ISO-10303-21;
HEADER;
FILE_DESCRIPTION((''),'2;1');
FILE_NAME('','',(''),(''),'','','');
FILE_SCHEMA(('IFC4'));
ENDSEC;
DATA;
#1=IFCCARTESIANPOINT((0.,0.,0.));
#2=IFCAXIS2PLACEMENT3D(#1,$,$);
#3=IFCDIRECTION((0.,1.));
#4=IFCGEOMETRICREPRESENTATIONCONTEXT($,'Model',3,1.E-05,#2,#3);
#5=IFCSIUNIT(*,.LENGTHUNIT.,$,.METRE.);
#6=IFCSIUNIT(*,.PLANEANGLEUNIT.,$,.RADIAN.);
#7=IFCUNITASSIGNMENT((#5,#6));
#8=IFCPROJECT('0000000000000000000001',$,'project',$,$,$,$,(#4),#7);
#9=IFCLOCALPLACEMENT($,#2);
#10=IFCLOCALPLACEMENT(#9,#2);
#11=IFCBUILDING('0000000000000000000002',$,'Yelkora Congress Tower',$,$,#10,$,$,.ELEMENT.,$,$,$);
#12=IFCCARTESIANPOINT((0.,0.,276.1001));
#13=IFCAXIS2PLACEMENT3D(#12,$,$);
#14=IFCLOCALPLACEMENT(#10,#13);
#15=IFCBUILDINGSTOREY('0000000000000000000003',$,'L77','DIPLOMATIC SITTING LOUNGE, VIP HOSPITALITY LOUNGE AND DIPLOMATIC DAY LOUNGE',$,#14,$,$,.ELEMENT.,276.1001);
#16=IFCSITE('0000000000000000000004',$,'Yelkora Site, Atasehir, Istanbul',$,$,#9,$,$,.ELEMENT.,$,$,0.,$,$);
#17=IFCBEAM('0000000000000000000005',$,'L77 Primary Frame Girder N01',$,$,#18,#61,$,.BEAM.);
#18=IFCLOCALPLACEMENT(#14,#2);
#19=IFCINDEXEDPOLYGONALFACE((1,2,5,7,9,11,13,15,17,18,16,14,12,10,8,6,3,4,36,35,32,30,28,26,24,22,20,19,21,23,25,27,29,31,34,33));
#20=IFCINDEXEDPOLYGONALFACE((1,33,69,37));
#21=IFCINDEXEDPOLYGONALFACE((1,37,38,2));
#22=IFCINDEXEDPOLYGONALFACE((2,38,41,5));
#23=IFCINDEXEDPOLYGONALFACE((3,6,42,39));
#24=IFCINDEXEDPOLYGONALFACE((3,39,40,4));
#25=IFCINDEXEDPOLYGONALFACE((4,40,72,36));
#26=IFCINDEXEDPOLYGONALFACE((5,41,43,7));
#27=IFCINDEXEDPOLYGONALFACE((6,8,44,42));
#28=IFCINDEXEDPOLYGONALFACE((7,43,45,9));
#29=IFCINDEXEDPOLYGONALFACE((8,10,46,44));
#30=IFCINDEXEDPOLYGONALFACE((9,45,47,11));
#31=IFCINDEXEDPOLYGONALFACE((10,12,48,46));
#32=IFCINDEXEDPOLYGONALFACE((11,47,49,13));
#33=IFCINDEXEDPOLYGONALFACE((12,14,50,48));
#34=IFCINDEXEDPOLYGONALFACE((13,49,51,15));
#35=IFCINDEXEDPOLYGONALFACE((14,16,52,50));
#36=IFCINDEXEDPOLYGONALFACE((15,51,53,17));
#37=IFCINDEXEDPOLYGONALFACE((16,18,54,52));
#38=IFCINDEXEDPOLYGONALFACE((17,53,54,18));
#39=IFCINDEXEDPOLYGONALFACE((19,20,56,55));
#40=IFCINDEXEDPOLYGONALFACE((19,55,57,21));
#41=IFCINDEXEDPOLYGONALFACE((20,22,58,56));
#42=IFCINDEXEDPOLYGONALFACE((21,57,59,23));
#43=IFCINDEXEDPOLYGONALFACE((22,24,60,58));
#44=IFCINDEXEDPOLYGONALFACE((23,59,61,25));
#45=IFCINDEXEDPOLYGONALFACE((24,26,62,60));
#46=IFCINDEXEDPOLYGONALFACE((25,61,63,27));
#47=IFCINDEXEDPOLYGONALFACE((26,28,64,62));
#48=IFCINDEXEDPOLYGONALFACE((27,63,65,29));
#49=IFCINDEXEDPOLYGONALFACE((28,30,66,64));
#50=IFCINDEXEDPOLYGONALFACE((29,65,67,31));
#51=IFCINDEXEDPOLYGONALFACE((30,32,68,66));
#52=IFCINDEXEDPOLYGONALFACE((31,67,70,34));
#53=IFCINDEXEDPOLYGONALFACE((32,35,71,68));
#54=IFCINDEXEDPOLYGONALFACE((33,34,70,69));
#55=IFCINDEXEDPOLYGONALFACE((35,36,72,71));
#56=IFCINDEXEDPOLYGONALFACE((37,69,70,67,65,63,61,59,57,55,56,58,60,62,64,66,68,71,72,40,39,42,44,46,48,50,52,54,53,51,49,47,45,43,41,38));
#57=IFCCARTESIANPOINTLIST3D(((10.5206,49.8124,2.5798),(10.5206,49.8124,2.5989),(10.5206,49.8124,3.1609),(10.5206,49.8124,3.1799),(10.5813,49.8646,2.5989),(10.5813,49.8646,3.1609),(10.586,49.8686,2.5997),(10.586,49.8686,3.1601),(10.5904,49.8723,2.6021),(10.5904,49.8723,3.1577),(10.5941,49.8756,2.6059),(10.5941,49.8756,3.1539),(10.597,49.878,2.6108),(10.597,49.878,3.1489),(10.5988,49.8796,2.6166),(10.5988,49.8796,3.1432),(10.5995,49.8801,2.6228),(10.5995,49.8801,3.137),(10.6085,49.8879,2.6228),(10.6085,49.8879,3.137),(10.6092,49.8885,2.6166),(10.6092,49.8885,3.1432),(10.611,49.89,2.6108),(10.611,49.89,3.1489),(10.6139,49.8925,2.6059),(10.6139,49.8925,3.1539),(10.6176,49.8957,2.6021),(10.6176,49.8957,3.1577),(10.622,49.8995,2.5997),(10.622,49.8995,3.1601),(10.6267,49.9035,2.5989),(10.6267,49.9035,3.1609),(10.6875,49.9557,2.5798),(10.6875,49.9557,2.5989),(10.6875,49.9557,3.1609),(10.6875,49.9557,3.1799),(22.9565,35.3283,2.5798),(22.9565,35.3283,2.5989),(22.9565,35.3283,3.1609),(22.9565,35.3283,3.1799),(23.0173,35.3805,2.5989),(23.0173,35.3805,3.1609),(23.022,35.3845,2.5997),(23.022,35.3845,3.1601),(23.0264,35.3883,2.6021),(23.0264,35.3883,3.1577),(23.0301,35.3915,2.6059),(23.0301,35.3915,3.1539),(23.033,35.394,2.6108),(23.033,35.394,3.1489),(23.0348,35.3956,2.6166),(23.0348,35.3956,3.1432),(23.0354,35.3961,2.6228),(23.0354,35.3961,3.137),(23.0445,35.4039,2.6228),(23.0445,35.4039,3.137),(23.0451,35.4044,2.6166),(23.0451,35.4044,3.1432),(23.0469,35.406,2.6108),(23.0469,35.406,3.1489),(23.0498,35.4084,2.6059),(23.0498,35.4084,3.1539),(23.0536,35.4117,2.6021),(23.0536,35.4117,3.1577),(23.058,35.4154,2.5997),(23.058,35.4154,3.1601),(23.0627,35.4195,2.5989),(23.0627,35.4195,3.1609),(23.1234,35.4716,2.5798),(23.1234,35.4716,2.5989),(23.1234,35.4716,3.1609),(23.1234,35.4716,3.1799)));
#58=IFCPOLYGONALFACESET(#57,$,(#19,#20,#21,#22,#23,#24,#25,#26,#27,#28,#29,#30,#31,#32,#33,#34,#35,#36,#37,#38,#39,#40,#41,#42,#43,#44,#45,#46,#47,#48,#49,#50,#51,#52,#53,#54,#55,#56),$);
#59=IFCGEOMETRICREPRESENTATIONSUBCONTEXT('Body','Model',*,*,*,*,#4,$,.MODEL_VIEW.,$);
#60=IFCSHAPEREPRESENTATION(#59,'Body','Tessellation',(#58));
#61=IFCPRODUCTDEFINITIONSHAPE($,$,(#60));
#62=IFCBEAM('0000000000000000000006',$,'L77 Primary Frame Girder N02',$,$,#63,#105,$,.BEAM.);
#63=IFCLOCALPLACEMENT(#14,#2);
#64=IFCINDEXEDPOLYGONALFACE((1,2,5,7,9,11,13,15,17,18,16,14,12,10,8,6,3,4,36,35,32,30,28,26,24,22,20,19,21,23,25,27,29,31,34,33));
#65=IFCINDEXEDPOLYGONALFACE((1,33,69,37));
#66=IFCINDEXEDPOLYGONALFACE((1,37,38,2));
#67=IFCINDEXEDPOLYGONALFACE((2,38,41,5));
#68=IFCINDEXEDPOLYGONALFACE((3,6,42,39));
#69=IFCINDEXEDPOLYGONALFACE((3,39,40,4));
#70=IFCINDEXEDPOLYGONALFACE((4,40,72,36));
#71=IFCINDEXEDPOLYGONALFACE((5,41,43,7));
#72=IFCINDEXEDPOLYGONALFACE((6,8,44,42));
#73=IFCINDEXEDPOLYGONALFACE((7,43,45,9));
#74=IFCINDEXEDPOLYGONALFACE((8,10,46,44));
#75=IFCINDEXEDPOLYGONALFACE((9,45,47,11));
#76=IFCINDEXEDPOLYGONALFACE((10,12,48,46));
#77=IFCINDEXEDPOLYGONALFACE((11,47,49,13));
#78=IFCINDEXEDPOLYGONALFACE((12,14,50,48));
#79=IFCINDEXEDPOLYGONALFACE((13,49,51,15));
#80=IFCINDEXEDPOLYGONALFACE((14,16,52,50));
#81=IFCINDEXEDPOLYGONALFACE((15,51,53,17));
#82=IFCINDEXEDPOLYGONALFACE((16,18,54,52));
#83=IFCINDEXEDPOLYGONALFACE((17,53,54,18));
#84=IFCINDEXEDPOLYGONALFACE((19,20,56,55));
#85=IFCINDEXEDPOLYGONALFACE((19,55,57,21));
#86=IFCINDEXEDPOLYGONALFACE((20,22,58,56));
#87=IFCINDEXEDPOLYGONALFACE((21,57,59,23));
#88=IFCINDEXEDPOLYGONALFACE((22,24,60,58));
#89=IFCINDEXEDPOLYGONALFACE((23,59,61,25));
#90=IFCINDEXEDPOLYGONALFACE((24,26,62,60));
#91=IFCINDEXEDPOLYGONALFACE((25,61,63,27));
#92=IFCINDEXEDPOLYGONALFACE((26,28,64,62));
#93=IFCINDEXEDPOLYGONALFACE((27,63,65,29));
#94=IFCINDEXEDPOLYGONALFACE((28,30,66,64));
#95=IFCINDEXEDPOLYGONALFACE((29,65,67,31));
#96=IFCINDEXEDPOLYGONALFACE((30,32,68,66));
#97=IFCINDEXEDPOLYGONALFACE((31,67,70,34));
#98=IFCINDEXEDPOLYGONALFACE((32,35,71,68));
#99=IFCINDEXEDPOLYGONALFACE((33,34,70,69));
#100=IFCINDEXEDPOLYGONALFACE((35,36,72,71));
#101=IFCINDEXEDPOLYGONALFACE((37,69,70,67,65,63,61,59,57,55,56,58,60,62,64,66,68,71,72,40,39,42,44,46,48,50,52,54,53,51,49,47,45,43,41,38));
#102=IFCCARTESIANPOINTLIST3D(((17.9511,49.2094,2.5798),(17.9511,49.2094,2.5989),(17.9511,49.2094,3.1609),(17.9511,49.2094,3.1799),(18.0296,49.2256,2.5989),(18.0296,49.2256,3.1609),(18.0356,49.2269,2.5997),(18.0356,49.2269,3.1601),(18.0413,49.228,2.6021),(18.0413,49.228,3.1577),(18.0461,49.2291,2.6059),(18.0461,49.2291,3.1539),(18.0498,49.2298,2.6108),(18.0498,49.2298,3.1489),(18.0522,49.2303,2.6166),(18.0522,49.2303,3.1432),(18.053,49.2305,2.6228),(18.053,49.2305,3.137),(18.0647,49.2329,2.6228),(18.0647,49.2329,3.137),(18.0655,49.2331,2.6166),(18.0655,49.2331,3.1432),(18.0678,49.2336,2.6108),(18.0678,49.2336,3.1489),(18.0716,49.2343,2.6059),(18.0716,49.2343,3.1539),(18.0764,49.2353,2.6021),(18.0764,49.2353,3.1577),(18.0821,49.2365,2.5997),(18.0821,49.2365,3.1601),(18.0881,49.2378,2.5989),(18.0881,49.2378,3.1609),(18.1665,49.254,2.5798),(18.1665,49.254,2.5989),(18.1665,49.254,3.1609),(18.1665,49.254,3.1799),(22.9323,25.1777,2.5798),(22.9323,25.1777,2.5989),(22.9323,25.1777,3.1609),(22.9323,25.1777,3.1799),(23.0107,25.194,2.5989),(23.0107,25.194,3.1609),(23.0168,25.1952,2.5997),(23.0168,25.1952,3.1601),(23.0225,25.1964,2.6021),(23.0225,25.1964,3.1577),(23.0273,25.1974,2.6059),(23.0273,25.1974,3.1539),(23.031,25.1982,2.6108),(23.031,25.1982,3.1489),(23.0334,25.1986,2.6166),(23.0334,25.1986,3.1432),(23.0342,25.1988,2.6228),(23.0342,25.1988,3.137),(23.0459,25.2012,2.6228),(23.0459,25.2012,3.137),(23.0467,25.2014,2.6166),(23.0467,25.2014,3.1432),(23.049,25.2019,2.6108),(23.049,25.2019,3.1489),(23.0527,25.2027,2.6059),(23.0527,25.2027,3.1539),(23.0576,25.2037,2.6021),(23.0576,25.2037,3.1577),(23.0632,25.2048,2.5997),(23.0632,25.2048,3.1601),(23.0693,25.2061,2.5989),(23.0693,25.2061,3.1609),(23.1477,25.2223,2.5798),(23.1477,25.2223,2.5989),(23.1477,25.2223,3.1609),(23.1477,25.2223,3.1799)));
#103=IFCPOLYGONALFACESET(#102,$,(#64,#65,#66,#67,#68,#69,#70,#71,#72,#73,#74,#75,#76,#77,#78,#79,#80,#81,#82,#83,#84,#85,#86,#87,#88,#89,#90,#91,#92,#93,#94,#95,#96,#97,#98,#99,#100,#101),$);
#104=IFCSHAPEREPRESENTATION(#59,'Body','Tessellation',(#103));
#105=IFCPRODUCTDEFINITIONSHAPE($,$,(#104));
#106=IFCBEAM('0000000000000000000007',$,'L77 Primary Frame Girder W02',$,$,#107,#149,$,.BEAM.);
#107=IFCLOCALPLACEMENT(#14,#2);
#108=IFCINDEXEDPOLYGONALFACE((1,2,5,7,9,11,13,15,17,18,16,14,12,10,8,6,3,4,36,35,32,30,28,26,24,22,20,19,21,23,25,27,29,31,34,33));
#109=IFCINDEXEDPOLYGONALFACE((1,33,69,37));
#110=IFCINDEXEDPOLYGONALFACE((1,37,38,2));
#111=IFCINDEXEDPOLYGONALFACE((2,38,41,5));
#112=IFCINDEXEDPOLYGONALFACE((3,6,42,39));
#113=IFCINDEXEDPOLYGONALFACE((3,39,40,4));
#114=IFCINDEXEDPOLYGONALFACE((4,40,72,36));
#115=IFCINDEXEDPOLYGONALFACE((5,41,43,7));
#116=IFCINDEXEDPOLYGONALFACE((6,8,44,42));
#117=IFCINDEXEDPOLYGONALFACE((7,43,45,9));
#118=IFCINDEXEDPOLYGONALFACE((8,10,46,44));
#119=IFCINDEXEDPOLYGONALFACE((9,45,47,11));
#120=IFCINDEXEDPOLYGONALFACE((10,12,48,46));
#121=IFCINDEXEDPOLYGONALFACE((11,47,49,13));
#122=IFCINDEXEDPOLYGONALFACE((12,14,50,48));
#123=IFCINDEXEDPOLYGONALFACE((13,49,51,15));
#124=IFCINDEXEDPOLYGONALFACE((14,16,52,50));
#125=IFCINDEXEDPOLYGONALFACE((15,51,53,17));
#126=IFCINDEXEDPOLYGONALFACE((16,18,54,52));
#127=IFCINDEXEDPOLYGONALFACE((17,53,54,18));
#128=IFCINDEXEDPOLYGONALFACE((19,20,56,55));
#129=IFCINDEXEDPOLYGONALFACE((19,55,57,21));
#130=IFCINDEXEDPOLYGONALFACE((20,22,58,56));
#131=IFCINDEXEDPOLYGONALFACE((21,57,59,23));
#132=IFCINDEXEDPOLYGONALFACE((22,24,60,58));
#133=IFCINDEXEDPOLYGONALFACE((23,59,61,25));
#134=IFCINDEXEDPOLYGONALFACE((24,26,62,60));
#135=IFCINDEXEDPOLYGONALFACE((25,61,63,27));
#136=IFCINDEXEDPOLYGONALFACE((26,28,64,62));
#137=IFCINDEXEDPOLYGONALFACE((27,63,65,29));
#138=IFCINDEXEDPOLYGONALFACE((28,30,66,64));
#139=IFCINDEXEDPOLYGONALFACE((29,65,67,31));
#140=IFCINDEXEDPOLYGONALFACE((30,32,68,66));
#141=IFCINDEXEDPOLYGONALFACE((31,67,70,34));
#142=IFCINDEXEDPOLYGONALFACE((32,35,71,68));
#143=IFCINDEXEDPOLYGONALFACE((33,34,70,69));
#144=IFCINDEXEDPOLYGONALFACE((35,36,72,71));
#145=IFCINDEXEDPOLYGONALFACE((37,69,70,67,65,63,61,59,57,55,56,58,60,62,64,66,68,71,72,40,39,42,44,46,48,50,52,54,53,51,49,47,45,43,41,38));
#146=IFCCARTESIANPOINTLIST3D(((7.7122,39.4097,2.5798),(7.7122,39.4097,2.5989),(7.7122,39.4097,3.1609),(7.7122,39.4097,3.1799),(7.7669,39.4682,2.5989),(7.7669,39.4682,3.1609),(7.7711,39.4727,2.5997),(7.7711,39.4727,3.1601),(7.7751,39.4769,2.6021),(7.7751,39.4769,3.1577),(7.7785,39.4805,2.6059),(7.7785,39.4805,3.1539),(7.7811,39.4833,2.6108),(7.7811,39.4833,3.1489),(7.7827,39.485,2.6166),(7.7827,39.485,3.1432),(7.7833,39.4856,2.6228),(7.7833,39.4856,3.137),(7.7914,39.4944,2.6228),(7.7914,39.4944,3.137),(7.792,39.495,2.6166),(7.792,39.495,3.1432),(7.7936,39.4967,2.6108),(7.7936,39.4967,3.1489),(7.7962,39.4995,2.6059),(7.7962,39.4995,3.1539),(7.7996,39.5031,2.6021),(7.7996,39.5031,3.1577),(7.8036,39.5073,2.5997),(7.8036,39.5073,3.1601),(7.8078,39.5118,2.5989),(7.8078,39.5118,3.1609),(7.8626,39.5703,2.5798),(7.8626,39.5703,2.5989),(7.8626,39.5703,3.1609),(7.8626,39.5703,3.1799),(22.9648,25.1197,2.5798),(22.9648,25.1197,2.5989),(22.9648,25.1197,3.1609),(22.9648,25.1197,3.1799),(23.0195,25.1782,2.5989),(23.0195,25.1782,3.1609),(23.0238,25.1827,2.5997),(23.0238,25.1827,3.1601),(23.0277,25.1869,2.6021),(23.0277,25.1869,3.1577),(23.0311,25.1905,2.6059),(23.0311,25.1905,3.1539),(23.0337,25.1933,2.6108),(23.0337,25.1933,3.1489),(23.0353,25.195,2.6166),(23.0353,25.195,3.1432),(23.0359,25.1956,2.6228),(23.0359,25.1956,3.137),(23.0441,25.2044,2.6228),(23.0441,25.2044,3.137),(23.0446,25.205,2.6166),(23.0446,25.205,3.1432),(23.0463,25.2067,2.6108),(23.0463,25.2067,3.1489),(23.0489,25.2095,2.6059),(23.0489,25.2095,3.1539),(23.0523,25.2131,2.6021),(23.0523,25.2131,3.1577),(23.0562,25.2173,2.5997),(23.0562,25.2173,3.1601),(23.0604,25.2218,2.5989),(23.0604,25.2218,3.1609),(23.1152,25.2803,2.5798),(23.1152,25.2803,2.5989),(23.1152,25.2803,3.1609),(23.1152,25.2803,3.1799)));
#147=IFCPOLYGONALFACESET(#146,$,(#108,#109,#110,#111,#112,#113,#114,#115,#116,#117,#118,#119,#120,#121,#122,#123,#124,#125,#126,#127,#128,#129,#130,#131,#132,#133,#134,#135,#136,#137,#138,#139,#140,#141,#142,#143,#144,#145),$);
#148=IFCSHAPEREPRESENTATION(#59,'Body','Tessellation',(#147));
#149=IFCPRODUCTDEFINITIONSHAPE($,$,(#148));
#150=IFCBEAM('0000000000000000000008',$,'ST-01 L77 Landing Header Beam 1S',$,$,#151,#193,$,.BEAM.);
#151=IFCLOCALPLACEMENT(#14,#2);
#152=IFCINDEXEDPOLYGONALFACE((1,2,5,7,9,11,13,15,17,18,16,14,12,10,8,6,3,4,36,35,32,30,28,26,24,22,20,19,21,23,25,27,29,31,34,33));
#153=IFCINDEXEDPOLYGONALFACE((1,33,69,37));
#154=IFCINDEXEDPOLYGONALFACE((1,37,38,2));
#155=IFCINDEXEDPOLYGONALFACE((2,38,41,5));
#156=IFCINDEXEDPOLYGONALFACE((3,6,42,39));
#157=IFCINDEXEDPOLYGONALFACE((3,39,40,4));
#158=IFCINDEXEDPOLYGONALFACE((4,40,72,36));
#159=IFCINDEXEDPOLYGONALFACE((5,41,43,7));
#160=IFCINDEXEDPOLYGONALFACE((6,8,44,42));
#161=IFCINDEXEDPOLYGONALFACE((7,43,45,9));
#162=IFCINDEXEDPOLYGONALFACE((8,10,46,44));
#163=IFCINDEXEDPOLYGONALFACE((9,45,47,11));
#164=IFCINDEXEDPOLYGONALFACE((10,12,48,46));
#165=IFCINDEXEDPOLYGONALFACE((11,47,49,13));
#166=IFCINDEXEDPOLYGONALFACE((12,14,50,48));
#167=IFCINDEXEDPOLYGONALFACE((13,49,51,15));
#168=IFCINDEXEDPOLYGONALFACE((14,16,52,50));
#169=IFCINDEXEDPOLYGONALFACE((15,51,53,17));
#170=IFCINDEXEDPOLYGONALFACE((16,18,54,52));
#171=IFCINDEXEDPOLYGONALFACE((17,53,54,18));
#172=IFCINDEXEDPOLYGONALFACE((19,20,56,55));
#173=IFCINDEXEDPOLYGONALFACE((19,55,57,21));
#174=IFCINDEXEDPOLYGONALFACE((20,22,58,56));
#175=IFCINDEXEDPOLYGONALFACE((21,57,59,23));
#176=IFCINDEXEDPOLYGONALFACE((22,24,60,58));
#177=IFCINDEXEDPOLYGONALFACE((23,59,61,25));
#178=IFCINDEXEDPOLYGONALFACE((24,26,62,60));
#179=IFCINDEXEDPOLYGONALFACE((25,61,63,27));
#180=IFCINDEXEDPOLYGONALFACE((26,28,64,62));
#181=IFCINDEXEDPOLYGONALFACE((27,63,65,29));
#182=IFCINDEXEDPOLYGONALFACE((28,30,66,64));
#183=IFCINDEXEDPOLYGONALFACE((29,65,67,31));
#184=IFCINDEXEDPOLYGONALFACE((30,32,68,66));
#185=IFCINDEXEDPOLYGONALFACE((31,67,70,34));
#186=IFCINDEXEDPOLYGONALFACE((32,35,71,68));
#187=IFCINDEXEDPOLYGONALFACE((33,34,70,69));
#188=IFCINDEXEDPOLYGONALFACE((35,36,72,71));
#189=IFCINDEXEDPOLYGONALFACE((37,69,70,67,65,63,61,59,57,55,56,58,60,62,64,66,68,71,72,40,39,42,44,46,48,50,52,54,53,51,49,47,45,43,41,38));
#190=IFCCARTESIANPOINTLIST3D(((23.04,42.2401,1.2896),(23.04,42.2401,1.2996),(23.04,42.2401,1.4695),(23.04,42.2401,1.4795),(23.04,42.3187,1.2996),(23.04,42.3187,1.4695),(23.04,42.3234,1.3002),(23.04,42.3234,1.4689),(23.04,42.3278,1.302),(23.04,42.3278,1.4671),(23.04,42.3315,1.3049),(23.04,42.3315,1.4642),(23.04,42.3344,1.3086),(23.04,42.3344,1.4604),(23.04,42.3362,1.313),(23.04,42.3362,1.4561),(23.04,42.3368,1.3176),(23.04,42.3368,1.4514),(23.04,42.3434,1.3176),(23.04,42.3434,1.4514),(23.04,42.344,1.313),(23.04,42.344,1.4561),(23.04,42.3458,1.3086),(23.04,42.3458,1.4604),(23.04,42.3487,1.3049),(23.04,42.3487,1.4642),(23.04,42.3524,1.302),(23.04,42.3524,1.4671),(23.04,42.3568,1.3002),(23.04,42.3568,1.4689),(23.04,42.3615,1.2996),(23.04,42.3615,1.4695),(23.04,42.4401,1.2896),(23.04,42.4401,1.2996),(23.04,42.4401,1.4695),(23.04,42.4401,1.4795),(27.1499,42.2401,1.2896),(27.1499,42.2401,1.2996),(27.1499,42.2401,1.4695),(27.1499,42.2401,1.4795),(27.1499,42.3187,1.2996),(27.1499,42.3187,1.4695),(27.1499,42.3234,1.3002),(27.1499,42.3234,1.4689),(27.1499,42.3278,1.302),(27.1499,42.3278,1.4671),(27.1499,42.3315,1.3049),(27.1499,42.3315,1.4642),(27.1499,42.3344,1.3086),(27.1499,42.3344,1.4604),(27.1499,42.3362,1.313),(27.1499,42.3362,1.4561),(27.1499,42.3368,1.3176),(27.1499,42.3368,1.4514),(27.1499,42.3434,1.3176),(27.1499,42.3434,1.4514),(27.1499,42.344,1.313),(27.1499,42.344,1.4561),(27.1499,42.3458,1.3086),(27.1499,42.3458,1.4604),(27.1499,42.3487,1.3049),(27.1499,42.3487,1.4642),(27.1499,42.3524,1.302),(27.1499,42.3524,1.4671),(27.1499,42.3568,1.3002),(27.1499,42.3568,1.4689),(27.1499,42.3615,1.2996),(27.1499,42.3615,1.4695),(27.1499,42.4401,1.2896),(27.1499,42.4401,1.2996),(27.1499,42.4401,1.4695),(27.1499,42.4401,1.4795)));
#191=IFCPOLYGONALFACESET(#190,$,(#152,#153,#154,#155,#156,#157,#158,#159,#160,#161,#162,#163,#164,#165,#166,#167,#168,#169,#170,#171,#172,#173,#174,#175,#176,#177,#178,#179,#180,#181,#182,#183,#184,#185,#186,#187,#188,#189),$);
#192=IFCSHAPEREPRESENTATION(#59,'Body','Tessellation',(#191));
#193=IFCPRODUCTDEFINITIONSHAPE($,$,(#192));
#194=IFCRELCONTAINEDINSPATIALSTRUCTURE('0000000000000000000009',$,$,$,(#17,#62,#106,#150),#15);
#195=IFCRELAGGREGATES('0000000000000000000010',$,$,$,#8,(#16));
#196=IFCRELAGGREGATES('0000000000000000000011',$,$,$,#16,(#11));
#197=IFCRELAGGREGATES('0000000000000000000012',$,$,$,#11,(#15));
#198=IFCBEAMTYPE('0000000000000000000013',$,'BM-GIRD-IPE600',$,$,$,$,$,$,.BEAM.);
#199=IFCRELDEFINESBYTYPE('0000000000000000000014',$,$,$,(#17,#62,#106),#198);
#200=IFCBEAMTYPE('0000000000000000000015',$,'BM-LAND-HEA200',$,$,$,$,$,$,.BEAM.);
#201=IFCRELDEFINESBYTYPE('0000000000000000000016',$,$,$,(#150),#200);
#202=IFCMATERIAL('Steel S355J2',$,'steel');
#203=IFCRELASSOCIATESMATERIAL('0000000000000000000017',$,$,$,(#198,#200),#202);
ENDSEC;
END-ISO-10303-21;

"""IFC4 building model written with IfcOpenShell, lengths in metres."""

from ifc_helpers import new_model, si_unit, direction, frame, origin, origin_2d, place, context, subcontext, project, spatial, i_section, extrude, material, material_profile, profile_set, type_object, element, save


model = new_model("IFC4")

# Units and contexts
model_context = context("Model", 3, precision=1e-05, world=origin(), true_north=direction((0.0, 1.0)))
body_context = subcontext(model_context, "Body", "Model", "MODEL_VIEW")
ifc_project = project(units=[si_unit("LENGTHUNIT", "METRE"), si_unit("PLANEANGLEUNIT", "RADIAN")], contexts=[model_context])

# Site, building, storey
site_placement = place(None, origin())
site = spatial("IfcSite", under=ifc_project, at=site_placement, Name="Yelkora Site, Atasehir, Istanbul", CompositionType="ELEMENT", RefElevation=0.0)
building_placement = place(site_placement, origin())
building = spatial("IfcBuilding", under=site, at=building_placement, Name="Yelkora Congress Tower", CompositionType="ELEMENT")
storey_placement = place(building_placement, frame((0.0, 0.0, 276.1001)))
storey = spatial("IfcBuildingStorey", under=building, at=storey_placement, Name="L77", Description="DIPLOMATIC SITTING LOUNGE, VIP HOSPITALITY LOUNGE AND DIPLOMATIC DAY LOUNGE", CompositionType="ELEMENT", Elevation=276.1001)

# Shared definitions
ifc_material_1 = material(Name="Steel S355J2", Category="steel")

# Beams
ifc_material_profile_1 = material_profile(ifc_material_1, i_section(OverallWidth=0.22, OverallDepth=0.6001, WebThickness=0.012, FlangeThickness=0.019, FilletRadius=0.0239, at=origin_2d()), Name="IPE 600")
ifc_profile_set_1 = profile_set([ifc_material_profile_1], Name="Steel S355J2")
beam_type_1 = type_object("IfcBeamType", Name="BM-GIRD-IPE600", PredefinedType="BEAM", material=ifc_profile_set_1)
beam_1_placement = place(storey_placement, frame((10.604, 49.884, 2.8799), z_axis=(0.651427, -0.758711, 0.0), x_axis=(0.758711, 0.651427, 0.0)))
element("IfcBeam", 1, at=beam_1_placement, inside=storey, type_object=beam_type_1, Name="L77 Primary Frame Girder N01", PredefinedType="BEAM", context=body_context, shape_type="SweptSolid", body=[
    extrude(i_section(OverallWidth=0.22, OverallDepth=0.6001, WebThickness=0.012, FlangeThickness=0.019, FilletRadius=0.0239, at=origin_2d()), origin(), (0.0, 0.0, 1.0), 19.0903),
])
beam_2_placement = place(storey_placement, frame((18.0588, 49.2317, 2.8799), z_axis=(0.202962, -0.979187, 0.0), x_axis=(0.979187, 0.202962, 0.0)))
element("IfcBeam", 2, at=beam_2_placement, inside=storey, type_object=beam_type_1, Name="L77 Primary Frame Girder N02", PredefinedType="BEAM", context=body_context, shape_type="SweptSolid", body=[
    extrude(i_section(OverallWidth=0.22, OverallDepth=0.6001, WebThickness=0.012, FlangeThickness=0.019, FilletRadius=0.0239, at=origin_2d()), origin(), (0.0, 0.0, 1.0), 24.5425),
])
beam_3_placement = place(storey_placement, frame((7.7874, 39.49, 2.8799), z_axis=(0.72976, -0.683703, 0.0), x_axis=(0.683703, 0.72976, 0.0)))
element("IfcBeam", 3, at=beam_3_placement, inside=storey, type_object=beam_type_1, Name="L77 Primary Frame Girder W02", PredefinedType="BEAM", context=body_context, shape_type="SweptSolid", body=[
    extrude(i_section(OverallWidth=0.22, OverallDepth=0.6001, WebThickness=0.012, FlangeThickness=0.019, FilletRadius=0.0239, at=origin_2d()), origin(), (0.0, 0.0, 1.0), 20.9009),
])
ifc_material_profile_2 = material_profile(ifc_material_1, i_section(OverallWidth=0.2, OverallDepth=0.1899, WebThickness=0.0066, FlangeThickness=0.01, FilletRadius=0.0181, at=origin_2d()), Name="HEA 200")
ifc_profile_set_2 = profile_set([ifc_material_profile_2], Name="Steel S355J2")
beam_type_2 = type_object("IfcBeamType", Name="BM-LAND-HEA200", PredefinedType="BEAM", material=ifc_profile_set_2)
for number, where, z_axis, x_axis, name in (
    (4, (23.04, 42.3401, 1.3845), (1.0, 0.0, 0.0), (0.0, 1.0, 0.0), "ST-01 L77 Landing Header Beam 1S"),
):
    element("IfcBeam", number, at=place(storey_placement, frame(where, z_axis=z_axis, x_axis=x_axis)), inside=storey, type_object=beam_type_2, Name=name, PredefinedType="BEAM", context=body_context, shape_type="SweptSolid", body=[
        extrude(i_section(OverallWidth=0.2, OverallDepth=0.1899, WebThickness=0.0066, FlangeThickness=0.01, FilletRadius=0.0181, at=origin_2d()), origin(), (0.0, 0.0, 1.0), 4.1099),
    ])

save(model, "model.ifc")
